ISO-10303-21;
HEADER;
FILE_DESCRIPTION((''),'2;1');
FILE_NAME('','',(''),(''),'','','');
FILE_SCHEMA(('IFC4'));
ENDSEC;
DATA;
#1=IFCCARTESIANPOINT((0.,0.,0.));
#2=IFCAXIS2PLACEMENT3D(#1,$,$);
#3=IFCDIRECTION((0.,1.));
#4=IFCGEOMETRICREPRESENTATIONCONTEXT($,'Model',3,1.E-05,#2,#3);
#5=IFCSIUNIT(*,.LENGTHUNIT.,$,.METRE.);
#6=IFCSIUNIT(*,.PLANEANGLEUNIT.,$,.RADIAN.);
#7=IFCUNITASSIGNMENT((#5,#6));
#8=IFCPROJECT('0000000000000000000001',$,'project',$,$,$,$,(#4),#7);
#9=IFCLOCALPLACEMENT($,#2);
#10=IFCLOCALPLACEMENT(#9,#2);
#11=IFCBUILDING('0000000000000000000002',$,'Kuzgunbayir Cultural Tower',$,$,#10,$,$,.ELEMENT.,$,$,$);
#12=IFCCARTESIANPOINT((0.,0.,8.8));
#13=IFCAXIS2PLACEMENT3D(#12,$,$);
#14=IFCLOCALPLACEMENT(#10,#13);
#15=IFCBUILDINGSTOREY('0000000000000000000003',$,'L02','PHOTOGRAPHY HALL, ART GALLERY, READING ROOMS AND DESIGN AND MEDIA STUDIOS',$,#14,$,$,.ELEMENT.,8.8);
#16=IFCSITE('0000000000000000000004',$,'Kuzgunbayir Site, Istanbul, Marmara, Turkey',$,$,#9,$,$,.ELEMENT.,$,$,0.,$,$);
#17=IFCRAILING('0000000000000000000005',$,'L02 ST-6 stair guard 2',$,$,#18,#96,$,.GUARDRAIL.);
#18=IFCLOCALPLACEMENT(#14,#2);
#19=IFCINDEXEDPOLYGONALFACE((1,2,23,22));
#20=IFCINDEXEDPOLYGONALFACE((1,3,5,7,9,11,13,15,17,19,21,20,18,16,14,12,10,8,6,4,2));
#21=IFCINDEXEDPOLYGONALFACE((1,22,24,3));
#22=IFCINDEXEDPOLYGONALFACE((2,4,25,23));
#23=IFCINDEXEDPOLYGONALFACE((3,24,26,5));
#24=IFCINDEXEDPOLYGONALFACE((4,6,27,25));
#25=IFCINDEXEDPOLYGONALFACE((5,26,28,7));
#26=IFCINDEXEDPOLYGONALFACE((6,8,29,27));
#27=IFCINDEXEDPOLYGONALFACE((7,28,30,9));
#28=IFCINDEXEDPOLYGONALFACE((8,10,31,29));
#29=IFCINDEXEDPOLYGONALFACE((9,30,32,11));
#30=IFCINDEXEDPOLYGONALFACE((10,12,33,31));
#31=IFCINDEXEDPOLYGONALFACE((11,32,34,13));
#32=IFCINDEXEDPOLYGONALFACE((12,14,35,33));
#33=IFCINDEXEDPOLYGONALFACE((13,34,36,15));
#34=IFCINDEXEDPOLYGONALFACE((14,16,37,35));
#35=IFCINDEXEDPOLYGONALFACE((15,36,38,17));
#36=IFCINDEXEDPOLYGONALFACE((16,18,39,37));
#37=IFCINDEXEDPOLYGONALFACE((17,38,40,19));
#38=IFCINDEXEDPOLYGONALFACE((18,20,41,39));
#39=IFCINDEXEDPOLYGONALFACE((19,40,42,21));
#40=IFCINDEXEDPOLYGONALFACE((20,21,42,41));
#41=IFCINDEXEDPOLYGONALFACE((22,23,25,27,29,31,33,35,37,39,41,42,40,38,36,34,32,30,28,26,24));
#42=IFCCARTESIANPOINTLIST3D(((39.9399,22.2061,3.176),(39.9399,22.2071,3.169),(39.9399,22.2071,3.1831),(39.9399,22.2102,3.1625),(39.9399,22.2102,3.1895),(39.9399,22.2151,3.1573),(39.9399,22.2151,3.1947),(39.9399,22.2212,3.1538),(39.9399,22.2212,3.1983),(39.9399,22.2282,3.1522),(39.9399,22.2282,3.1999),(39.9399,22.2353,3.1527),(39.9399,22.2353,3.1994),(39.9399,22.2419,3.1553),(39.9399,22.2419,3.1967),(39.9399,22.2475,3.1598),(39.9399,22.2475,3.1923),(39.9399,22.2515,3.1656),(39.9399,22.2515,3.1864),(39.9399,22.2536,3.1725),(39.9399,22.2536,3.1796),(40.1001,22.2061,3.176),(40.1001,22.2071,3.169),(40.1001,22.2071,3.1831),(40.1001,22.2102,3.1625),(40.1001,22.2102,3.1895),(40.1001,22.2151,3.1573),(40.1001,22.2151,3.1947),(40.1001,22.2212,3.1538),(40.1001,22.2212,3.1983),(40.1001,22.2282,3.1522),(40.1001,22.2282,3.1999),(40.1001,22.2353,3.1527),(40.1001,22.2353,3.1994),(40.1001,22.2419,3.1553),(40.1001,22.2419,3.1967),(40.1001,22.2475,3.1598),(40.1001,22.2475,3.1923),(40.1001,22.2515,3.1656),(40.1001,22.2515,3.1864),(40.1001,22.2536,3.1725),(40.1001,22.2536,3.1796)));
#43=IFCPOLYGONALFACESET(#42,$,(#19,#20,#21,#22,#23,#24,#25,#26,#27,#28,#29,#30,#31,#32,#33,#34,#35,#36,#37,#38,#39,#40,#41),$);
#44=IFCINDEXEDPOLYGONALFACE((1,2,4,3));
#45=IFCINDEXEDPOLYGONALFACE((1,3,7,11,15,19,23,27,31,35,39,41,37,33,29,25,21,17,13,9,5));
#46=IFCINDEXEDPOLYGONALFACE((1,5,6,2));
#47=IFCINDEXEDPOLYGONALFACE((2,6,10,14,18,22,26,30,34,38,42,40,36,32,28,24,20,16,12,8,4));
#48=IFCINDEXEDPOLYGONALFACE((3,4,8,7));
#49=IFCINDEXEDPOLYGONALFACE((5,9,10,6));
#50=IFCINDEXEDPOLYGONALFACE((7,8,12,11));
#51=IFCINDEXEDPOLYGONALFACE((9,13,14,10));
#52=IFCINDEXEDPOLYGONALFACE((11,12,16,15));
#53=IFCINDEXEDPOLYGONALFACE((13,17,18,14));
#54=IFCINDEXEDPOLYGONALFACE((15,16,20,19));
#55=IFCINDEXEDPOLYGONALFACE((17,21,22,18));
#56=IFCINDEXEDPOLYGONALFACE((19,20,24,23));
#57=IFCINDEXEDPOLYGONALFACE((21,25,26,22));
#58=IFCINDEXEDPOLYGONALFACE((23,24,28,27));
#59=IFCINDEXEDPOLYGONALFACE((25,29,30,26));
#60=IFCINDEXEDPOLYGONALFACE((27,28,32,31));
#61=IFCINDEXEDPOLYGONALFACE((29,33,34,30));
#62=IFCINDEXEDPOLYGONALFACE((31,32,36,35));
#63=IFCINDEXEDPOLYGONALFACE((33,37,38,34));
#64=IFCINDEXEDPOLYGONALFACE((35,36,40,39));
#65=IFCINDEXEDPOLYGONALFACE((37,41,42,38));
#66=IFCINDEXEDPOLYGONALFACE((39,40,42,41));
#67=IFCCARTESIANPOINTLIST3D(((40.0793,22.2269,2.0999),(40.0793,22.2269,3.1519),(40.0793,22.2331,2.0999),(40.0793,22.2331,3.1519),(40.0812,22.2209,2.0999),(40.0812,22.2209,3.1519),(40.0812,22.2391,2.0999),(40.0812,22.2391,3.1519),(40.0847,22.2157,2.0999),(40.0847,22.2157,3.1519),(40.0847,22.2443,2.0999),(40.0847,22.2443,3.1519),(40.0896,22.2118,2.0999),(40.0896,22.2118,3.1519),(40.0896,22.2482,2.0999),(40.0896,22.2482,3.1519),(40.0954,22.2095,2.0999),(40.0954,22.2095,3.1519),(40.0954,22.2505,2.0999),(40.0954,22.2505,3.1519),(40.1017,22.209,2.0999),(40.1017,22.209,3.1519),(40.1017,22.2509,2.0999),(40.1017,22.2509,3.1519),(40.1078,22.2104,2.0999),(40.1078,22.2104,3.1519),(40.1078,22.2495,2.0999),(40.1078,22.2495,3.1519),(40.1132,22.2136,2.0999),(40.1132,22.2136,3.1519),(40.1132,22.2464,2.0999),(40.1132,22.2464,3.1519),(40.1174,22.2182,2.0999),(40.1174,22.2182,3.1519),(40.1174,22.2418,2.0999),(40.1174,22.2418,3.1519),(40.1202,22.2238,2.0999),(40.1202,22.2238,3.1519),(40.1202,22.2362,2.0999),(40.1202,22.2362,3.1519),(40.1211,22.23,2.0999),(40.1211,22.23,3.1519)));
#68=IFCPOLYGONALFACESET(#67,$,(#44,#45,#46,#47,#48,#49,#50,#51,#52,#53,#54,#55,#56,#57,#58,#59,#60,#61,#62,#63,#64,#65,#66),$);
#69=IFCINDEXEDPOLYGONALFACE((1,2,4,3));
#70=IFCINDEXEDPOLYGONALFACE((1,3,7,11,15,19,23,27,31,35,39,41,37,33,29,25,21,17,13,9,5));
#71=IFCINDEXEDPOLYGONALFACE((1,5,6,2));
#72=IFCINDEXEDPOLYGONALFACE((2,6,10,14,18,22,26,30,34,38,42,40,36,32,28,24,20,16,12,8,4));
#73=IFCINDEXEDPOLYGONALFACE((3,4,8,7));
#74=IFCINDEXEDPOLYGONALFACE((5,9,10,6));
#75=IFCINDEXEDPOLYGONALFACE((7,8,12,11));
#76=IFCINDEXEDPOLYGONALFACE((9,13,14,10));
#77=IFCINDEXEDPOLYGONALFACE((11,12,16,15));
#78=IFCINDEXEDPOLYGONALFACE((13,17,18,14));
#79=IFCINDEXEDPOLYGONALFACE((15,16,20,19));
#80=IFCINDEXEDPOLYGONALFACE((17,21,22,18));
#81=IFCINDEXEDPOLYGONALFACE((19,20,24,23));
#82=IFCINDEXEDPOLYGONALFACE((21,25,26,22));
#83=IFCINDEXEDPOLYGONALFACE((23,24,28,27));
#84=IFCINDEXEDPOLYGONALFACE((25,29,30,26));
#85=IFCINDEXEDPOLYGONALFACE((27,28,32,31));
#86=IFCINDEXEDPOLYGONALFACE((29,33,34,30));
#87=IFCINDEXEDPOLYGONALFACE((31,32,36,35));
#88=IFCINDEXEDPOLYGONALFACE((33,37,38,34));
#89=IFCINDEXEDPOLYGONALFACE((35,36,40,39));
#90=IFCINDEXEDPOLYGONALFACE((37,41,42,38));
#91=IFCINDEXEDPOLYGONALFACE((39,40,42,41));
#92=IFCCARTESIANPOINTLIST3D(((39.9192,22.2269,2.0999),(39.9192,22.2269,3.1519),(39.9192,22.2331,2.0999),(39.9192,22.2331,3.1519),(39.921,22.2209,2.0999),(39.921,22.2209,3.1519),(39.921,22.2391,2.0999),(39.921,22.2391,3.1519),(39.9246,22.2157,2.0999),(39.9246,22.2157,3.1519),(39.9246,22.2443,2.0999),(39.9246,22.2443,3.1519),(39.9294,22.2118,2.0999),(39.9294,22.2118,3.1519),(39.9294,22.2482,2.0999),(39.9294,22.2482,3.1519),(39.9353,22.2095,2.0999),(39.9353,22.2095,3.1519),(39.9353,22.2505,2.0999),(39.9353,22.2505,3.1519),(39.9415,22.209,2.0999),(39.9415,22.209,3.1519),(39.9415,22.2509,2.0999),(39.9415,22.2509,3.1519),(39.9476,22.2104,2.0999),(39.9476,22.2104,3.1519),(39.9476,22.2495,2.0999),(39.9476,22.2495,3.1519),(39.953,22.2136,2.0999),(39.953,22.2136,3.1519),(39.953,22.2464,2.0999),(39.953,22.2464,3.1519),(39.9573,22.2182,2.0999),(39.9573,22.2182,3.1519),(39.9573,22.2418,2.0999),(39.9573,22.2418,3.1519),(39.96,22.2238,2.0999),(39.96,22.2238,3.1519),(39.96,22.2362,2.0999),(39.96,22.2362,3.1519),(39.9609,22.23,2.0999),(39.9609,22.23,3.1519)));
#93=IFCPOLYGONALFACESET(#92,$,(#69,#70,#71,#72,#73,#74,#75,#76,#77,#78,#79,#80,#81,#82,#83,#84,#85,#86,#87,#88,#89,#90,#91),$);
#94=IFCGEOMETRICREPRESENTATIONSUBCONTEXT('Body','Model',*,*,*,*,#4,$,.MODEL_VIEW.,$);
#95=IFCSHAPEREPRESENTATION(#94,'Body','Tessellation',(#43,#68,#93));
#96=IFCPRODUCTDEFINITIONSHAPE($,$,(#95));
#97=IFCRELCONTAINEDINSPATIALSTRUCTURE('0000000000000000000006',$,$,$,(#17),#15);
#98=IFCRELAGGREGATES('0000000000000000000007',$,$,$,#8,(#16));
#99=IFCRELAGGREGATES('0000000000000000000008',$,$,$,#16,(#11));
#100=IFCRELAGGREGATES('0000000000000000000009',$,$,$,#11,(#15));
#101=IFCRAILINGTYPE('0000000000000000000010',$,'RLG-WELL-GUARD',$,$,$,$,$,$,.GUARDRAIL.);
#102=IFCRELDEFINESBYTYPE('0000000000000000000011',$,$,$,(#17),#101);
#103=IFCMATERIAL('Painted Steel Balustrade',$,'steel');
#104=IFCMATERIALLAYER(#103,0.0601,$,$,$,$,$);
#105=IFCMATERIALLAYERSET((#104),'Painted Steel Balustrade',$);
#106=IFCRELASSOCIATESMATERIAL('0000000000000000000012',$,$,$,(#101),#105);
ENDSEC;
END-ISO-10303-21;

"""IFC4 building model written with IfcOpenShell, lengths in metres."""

from ifc_helpers import new_model, si_unit, direction, frame, origin, origin_2d, place, context, subcontext, project, spatial, circle, extrude, material, layer, layer_set, type_object, element, save


model = new_model("IFC4")

# Units and contexts
model_context = context("Model", 3, precision=1e-05, world=origin(), true_north=direction((0.0, 1.0)))
body_context = subcontext(model_context, "Body", "Model", "MODEL_VIEW")
ifc_project = project(units=[si_unit("LENGTHUNIT", "METRE"), si_unit("PLANEANGLEUNIT", "RADIAN")], contexts=[model_context])

# Site, building, storey
site_placement = place(None, origin())
site = spatial("IfcSite", under=ifc_project, at=site_placement, Name="Kuzgunbayir Site, Istanbul, Marmara, Turkey", CompositionType="ELEMENT", RefElevation=0.0)
building_placement = place(site_placement, origin())
building = spatial("IfcBuilding", under=site, at=building_placement, Name="Kuzgunbayir Cultural Tower", CompositionType="ELEMENT")
storey_placement = place(building_placement, frame((0.0, 0.0, 8.8)))
storey = spatial("IfcBuildingStorey", under=building, at=storey_placement, Name="L02", Description="PHOTOGRAPHY HALL, ART GALLERY, READING ROOMS AND DESIGN AND MEDIA STUDIOS", CompositionType="ELEMENT", Elevation=8.8)

# Railing
ifc_material_1 = material(Name="Painted Steel Balustrade", Category="steel")
ifc_layer_1 = layer(ifc_material_1, 0.0601)
ifc_layer_set_1 = layer_set([ifc_layer_1], Name="Painted Steel Balustrade")
railing_type_1 = type_object("IfcRailingType", Name="RLG-WELL-GUARD", PredefinedType="GUARDRAIL", material=ifc_layer_set_1)
railing_1_placement = place(storey_placement, frame((40.1001, 22.23, 2.0999)))
element("IfcRailing", 1, at=railing_1_placement, inside=storey, type_object=railing_type_1, Name="L02 ST-6 stair guard 2", PredefinedType="GUARDRAIL", context=body_context, shape_type="SweptSolid", body=[
    extrude(circle(Radius=0.0239, at=origin_2d()), frame((0.0, 0.0, 1.0762), z_axis=(-1.0, 0.0, 0.0), x_axis=(0.0, -1.0, 0.0)), (0.0, 0.0, 1.0), 0.1602),
    extrude(circle(Radius=0.021, at=origin_2d()), origin(), (0.0, 0.0, 1.0), 1.052),
    extrude(circle(Radius=0.021, at=origin_2d()), frame((-0.1602, 0.0, 0.0)), (0.0, 0.0, 1.0), 1.052),
])

save(model, "model.ifc")
